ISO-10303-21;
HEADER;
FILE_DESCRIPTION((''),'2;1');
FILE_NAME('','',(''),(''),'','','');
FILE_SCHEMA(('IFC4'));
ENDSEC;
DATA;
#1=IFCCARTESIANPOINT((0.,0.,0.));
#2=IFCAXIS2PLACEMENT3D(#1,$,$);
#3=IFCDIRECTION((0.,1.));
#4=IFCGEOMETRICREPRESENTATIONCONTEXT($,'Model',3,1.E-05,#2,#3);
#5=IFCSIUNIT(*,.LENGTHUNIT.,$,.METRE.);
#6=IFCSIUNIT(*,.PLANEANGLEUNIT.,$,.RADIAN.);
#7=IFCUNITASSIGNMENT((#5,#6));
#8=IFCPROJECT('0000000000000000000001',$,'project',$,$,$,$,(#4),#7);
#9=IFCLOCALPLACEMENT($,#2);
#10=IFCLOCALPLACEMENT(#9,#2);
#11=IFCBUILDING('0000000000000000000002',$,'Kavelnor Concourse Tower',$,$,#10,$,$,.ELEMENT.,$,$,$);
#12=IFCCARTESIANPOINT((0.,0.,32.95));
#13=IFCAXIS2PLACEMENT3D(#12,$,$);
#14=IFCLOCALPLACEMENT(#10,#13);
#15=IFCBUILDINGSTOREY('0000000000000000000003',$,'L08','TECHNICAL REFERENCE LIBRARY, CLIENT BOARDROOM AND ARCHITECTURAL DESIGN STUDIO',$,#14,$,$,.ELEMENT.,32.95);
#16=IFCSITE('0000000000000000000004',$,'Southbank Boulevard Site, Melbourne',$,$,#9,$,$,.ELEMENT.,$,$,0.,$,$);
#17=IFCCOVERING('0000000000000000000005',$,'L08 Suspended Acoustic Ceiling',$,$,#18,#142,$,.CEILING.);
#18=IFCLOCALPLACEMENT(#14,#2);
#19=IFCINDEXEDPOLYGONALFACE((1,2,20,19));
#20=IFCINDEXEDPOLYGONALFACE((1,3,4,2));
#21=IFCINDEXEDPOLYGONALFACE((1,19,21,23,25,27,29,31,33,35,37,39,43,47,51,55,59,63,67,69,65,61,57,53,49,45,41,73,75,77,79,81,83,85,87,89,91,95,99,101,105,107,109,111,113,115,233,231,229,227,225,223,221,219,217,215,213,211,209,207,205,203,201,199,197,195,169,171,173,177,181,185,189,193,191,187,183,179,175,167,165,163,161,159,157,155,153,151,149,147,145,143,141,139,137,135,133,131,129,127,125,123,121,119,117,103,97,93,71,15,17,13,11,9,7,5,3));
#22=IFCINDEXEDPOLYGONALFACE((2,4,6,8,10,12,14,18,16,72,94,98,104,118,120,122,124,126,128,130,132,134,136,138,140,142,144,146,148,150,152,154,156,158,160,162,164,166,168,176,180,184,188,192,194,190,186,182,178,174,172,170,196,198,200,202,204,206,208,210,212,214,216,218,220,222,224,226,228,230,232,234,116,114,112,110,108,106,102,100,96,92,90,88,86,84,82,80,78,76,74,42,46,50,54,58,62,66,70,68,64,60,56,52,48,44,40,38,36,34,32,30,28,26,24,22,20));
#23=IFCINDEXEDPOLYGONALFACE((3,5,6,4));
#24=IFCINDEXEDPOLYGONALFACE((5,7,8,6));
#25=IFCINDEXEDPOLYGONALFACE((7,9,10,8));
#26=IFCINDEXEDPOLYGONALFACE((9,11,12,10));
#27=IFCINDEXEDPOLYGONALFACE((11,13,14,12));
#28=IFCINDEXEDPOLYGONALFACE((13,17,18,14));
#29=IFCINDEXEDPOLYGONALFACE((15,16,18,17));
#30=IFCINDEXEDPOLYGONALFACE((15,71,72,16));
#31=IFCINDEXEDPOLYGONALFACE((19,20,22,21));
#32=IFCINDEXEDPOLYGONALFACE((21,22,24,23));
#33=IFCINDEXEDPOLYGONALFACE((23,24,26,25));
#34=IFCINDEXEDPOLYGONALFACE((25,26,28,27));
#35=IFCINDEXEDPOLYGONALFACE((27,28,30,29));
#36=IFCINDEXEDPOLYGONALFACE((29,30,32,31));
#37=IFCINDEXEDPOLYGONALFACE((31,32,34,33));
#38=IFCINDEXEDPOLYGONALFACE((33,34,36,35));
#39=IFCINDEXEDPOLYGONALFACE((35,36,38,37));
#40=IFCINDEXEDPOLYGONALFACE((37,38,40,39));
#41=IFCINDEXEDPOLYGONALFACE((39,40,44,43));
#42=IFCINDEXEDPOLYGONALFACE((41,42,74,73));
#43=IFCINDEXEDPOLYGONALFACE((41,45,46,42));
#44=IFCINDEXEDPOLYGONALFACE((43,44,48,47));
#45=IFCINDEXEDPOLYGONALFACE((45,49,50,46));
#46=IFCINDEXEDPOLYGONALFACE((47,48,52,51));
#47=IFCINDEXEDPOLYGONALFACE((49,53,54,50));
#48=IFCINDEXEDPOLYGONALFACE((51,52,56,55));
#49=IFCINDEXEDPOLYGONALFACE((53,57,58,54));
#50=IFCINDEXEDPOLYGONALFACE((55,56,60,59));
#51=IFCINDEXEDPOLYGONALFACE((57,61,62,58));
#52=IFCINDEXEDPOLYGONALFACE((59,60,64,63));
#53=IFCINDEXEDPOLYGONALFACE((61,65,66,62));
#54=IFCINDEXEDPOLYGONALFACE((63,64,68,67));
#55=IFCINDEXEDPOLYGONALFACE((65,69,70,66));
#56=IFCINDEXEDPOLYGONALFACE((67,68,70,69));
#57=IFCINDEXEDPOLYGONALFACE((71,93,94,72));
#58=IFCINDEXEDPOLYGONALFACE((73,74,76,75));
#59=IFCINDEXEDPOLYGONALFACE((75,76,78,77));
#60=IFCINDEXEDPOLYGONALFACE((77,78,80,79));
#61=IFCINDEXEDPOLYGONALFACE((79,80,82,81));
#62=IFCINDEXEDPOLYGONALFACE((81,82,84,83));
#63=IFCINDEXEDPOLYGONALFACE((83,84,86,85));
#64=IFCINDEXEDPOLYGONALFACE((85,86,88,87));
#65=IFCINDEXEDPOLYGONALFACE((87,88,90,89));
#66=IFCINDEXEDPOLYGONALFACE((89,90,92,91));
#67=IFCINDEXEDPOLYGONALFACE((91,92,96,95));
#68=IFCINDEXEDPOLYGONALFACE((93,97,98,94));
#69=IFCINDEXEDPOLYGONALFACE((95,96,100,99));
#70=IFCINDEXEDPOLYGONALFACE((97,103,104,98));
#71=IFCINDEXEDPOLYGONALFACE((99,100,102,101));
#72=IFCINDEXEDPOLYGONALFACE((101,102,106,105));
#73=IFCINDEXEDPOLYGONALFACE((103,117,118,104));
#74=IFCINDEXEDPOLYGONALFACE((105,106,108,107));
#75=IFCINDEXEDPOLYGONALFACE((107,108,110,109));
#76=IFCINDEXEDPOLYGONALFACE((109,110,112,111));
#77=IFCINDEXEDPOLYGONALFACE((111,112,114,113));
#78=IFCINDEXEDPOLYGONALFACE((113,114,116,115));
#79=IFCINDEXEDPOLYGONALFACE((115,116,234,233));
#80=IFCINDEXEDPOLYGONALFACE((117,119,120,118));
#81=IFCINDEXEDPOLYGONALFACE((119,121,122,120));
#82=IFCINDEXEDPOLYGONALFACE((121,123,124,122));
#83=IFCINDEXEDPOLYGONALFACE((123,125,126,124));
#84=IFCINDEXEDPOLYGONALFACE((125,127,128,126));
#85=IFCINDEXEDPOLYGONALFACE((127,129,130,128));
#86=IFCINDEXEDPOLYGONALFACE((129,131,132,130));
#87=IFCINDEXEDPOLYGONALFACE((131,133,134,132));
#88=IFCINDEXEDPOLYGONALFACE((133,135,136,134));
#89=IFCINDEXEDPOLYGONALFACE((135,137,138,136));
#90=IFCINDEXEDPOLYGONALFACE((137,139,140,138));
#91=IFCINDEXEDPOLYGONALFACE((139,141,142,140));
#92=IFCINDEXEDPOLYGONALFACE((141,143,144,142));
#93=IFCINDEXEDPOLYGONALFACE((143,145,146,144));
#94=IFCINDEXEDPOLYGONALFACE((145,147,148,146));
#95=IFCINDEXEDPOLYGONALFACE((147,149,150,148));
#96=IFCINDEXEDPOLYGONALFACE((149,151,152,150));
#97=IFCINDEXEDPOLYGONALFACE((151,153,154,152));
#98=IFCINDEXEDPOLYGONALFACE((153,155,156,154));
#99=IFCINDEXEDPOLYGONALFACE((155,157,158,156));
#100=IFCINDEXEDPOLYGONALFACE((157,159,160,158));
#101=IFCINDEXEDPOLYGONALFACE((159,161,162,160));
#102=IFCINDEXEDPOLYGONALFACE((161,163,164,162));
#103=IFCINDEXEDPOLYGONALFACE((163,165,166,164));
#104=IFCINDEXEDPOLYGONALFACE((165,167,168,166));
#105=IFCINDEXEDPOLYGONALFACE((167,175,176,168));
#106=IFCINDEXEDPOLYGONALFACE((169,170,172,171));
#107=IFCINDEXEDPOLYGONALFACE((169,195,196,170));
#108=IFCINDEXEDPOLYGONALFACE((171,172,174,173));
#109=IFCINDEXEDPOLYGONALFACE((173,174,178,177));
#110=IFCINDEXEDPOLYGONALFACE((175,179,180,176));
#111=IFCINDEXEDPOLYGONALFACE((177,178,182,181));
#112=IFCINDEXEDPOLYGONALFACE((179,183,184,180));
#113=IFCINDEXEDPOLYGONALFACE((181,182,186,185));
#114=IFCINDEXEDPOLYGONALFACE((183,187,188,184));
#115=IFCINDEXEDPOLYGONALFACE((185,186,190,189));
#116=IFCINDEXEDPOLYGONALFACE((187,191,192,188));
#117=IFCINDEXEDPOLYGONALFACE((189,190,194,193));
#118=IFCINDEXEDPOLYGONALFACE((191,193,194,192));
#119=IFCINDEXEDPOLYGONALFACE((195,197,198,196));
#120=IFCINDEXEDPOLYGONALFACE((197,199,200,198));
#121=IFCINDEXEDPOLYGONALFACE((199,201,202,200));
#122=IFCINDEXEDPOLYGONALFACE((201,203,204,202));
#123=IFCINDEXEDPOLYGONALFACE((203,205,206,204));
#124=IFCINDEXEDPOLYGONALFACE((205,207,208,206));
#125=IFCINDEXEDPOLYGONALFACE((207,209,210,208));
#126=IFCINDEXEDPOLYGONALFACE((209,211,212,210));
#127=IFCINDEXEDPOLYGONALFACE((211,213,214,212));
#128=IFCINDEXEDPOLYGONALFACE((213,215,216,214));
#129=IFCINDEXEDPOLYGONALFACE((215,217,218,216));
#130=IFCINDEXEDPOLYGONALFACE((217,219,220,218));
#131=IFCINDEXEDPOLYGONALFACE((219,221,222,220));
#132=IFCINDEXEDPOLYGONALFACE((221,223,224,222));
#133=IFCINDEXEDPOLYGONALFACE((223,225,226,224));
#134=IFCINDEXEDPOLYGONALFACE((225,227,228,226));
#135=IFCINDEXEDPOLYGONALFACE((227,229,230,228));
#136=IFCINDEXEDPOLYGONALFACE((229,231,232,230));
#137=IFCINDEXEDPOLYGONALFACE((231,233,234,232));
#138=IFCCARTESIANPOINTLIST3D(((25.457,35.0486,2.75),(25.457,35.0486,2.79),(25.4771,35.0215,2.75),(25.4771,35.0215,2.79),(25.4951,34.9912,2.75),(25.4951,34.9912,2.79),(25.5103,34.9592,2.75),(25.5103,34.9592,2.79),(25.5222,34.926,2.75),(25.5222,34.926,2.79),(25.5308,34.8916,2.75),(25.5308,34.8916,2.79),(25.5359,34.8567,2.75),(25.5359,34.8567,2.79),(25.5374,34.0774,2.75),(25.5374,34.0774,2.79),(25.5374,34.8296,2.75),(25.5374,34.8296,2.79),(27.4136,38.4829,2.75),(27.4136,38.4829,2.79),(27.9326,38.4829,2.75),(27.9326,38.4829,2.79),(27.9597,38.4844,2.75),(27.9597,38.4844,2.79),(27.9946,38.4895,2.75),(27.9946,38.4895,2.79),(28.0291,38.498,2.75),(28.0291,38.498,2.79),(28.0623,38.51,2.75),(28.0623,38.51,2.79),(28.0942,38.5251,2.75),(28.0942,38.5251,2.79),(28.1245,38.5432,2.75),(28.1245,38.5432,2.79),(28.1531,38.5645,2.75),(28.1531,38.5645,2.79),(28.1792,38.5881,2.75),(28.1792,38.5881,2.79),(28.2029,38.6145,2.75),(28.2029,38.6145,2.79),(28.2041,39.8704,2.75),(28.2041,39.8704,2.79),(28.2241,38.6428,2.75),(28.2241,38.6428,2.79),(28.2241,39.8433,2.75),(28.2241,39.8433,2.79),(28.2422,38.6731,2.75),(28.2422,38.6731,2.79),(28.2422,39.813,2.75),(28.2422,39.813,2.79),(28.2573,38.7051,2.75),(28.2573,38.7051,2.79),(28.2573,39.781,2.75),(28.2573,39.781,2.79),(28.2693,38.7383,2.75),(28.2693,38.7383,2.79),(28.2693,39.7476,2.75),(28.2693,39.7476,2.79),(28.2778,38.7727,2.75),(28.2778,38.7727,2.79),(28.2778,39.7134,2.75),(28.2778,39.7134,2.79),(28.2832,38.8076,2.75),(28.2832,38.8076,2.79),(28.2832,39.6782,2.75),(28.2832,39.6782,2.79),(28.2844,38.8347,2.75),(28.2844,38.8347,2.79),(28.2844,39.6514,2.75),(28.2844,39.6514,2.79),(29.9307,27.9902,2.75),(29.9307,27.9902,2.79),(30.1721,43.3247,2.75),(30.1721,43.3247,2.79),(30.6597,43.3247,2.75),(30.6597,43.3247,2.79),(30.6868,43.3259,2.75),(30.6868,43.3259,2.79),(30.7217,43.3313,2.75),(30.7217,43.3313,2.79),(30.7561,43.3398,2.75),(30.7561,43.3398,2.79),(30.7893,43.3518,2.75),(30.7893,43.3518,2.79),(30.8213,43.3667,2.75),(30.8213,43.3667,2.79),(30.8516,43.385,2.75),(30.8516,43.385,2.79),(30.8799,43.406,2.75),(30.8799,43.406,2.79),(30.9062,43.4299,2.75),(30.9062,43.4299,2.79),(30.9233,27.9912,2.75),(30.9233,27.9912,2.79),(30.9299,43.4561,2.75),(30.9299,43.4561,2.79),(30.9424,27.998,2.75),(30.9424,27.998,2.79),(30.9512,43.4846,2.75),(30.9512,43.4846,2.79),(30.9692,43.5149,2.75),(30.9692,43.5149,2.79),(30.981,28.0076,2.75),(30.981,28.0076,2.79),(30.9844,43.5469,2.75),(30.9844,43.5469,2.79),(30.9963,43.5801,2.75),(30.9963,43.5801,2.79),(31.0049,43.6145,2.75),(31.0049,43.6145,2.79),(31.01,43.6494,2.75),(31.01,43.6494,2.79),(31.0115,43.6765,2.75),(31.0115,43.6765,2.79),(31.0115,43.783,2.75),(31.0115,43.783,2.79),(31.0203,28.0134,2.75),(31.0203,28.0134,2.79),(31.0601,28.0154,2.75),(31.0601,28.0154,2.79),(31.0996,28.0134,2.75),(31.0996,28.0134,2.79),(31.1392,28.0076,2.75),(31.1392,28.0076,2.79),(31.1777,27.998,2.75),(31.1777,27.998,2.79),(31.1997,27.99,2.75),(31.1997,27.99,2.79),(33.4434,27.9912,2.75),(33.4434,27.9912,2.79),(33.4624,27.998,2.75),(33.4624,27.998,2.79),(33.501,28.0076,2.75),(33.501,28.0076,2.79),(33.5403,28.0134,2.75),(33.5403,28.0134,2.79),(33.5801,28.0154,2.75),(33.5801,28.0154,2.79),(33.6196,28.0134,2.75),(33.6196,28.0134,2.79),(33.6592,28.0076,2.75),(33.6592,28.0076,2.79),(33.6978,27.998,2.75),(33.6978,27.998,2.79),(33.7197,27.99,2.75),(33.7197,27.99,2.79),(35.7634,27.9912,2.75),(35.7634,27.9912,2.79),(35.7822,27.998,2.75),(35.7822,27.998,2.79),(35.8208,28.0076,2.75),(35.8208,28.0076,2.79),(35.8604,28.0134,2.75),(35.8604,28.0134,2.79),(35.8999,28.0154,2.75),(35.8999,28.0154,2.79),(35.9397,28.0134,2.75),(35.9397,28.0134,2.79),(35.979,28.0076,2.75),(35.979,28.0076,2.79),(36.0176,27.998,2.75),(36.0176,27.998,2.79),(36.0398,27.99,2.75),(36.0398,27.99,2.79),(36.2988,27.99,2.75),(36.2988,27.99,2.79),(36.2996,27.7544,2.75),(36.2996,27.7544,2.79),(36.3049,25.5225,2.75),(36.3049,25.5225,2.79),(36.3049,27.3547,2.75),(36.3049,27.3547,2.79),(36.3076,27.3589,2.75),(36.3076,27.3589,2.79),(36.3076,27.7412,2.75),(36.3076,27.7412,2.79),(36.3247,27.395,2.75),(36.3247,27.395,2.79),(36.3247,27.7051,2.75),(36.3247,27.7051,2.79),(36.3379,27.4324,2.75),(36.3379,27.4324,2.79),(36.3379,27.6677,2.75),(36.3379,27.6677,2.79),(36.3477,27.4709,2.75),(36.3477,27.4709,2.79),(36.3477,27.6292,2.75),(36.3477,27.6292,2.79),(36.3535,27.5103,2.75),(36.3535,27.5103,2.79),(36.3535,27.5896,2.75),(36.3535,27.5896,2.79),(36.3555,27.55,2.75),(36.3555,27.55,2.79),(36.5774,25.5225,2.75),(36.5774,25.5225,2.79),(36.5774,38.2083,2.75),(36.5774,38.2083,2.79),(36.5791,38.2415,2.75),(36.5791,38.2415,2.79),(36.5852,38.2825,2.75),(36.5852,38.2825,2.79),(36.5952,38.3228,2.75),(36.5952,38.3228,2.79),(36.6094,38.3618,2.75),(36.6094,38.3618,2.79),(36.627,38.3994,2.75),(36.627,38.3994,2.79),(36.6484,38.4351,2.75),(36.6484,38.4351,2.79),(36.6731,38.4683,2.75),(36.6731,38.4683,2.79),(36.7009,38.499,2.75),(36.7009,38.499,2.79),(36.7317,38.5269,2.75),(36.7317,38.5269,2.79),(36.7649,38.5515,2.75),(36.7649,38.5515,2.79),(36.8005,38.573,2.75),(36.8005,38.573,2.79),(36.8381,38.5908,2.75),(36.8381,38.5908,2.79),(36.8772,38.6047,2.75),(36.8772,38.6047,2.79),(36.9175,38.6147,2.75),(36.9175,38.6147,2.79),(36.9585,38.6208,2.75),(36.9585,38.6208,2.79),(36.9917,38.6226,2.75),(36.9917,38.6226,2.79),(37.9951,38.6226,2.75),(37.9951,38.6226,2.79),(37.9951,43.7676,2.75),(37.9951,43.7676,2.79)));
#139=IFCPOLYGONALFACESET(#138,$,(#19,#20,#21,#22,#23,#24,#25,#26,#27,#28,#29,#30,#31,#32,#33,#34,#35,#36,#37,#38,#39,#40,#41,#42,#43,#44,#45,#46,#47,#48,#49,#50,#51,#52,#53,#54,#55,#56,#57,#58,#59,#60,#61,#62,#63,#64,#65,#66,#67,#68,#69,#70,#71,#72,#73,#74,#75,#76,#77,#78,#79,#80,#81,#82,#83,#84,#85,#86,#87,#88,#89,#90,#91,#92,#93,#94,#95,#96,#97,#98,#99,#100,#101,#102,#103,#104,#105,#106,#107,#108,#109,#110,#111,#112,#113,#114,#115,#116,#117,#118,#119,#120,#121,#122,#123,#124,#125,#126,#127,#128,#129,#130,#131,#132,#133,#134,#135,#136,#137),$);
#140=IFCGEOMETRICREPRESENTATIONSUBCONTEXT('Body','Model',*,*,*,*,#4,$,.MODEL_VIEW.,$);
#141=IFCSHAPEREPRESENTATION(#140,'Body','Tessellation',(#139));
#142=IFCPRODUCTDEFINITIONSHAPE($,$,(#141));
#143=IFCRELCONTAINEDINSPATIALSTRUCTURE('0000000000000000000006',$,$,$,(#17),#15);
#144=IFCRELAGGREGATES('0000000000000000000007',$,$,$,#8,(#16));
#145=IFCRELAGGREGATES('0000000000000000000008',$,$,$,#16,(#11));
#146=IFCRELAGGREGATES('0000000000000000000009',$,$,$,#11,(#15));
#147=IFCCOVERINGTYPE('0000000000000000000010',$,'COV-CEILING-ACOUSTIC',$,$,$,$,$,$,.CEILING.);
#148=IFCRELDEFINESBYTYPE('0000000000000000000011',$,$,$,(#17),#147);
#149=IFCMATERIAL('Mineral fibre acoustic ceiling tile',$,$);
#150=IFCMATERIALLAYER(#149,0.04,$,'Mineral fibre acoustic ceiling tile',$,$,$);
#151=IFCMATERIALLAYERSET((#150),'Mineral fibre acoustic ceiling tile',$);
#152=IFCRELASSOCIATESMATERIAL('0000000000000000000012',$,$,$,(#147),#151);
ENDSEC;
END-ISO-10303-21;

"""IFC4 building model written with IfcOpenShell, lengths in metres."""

from ifc_helpers import new_model, si_unit, direction, frame, origin, place, context, subcontext, project, spatial, polyline, outline, extrude, material, layer, layer_set, type_object, element, save


model = new_model("IFC4")

# Units and contexts
model_context = context("Model", 3, precision=1e-05, world=origin(), true_north=direction((0.0, 1.0)))
body_context = subcontext(model_context, "Body", "Model", "MODEL_VIEW")
ifc_project = project(units=[si_unit("LENGTHUNIT", "METRE"), si_unit("PLANEANGLEUNIT", "RADIAN")], contexts=[model_context])

# Site, building, storey
site_placement = place(None, origin())
site = spatial("IfcSite", under=ifc_project, at=site_placement, Name="Southbank Boulevard Site, Melbourne", CompositionType="ELEMENT", RefElevation=0.0)
building_placement = place(site_placement, origin())
building = spatial("IfcBuilding", under=site, at=building_placement, Name="Kavelnor Concourse Tower", CompositionType="ELEMENT")
storey_placement = place(building_placement, frame((0.0, 0.0, 32.95)))
storey = spatial("IfcBuildingStorey", under=building, at=storey_placement, Name="L08", Description="TECHNICAL REFERENCE LIBRARY, CLIENT BOARDROOM AND ARCHITECTURAL DESIGN STUDIO", CompositionType="ELEMENT", Elevation=32.95)

# Covering
ifc_material_1 = material(Name="Mineral fibre acoustic ceiling tile")
ifc_layer_1 = layer(ifc_material_1, 0.04, Name="Mineral fibre acoustic ceiling tile")
ifc_layer_set_1 = layer_set([ifc_layer_1], Name="Mineral fibre acoustic ceiling tile")
covering_type_1 = type_object("IfcCoveringType", Name="COV-CEILING-ACOUSTIC", PredefinedType="CEILING", material=ifc_layer_set_1)
covering_1_placement = place(storey_placement, frame((0.0, 0.0, 2.75)))
element("IfcCovering", 1, at=covering_1_placement, inside=storey, type_object=covering_type_1, Name="L08 Suspended Acoustic Ceiling", PredefinedType="CEILING", context=body_context, shape_type="SweptSolid", body=[
    extrude(outline(polyline([(27.9597, 38.4844), (27.9946, 38.4895), (28.0291, 38.498), (28.0623, 38.51), (28.0942, 38.5251), (28.1245, 38.5432), (28.1531, 38.5645), (28.1792, 38.5881), (28.2029, 38.6145), (28.2241, 38.6428), (28.2422, 38.6731), (28.2573, 38.7051), (28.2693, 38.7383), (28.2778, 38.7727), (28.2832, 38.8076), (28.2844, 38.8347), (28.2844, 39.6514), (28.2832, 39.6782), (28.2778, 39.7134), (28.2693, 39.7476), (28.2573, 39.781), (28.2422, 39.813), (28.2241, 39.8433), (28.2041, 39.8704), (30.1721, 43.3247), (30.6597, 43.3247), (30.6868, 43.3259), (30.7217, 43.3313), (30.7561, 43.3398), (30.7893, 43.3518), (30.8213, 43.3667), (30.8516, 43.385), (30.8799, 43.406), (30.9062, 43.4299), (30.9299, 43.4561), (30.9512, 43.4846), (30.9692, 43.5149), (30.9844, 43.5469), (30.9963, 43.5801), (31.0049, 43.6145), (31.01, 43.6494), (31.0115, 43.6765), (31.0115, 43.783), (37.9951, 43.7676), (37.9951, 38.6226), (36.9917, 38.6226), (36.9585, 38.6208), (36.9175, 38.6147), (36.8772, 38.6047), (36.8381, 38.5908), (36.8005, 38.573), (36.7649, 38.5515), (36.7317, 38.5269), (36.7009, 38.499), (36.6731, 38.4683), (36.6484, 38.4351), (36.627, 38.3994), (36.6094, 38.3618), (36.5952, 38.3228), (36.5852, 38.2825), (36.5791, 38.2415), (36.5774, 38.2083), (36.5774, 25.5225), (36.3049, 25.5225), (36.3049, 27.3547), (36.3076, 27.3589), (36.3247, 27.395), (36.3379, 27.4324), (36.3477, 27.4709), (36.3535, 27.5103), (36.3555, 27.55), (36.3535, 27.5896), (36.3477, 27.6292), (36.3379, 27.6677), (36.3247, 27.7051), (36.3076, 27.7412), (36.2996, 27.7544), (36.2988, 27.99), (36.0398, 27.99), (36.0176, 27.998), (35.979, 28.0076), (35.9397, 28.0134), (35.8999, 28.0154), (35.8604, 28.0134), (35.8208, 28.0076), (35.7822, 27.998), (35.7634, 27.9912), (33.7197, 27.99), (33.6978, 27.998), (33.6592, 28.0076), (33.6196, 28.0134), (33.5801, 28.0154), (33.5403, 28.0134), (33.501, 28.0076), (33.4624, 27.998), (33.4434, 27.9912), (31.1997, 27.99), (31.1777, 27.998), (31.1392, 28.0076), (31.0996, 28.0134), (31.0601, 28.0154), (31.0203, 28.0134), (30.981, 28.0076), (30.9424, 27.998), (30.9233, 27.9912), (29.9307, 27.9902), (25.5374, 34.0774), (25.5374, 34.8296), (25.5359, 34.8567), (25.5308, 34.8916), (25.5222, 34.926), (25.5103, 34.9592), (25.4951, 34.9912), (25.4771, 35.0215), (25.457, 35.0486), (27.4136, 38.4829), (27.9326, 38.4829), (27.9597, 38.4844)])), origin(), (0.0, 0.0, 1.0), 0.04),
])

save(model, "model.ifc")
